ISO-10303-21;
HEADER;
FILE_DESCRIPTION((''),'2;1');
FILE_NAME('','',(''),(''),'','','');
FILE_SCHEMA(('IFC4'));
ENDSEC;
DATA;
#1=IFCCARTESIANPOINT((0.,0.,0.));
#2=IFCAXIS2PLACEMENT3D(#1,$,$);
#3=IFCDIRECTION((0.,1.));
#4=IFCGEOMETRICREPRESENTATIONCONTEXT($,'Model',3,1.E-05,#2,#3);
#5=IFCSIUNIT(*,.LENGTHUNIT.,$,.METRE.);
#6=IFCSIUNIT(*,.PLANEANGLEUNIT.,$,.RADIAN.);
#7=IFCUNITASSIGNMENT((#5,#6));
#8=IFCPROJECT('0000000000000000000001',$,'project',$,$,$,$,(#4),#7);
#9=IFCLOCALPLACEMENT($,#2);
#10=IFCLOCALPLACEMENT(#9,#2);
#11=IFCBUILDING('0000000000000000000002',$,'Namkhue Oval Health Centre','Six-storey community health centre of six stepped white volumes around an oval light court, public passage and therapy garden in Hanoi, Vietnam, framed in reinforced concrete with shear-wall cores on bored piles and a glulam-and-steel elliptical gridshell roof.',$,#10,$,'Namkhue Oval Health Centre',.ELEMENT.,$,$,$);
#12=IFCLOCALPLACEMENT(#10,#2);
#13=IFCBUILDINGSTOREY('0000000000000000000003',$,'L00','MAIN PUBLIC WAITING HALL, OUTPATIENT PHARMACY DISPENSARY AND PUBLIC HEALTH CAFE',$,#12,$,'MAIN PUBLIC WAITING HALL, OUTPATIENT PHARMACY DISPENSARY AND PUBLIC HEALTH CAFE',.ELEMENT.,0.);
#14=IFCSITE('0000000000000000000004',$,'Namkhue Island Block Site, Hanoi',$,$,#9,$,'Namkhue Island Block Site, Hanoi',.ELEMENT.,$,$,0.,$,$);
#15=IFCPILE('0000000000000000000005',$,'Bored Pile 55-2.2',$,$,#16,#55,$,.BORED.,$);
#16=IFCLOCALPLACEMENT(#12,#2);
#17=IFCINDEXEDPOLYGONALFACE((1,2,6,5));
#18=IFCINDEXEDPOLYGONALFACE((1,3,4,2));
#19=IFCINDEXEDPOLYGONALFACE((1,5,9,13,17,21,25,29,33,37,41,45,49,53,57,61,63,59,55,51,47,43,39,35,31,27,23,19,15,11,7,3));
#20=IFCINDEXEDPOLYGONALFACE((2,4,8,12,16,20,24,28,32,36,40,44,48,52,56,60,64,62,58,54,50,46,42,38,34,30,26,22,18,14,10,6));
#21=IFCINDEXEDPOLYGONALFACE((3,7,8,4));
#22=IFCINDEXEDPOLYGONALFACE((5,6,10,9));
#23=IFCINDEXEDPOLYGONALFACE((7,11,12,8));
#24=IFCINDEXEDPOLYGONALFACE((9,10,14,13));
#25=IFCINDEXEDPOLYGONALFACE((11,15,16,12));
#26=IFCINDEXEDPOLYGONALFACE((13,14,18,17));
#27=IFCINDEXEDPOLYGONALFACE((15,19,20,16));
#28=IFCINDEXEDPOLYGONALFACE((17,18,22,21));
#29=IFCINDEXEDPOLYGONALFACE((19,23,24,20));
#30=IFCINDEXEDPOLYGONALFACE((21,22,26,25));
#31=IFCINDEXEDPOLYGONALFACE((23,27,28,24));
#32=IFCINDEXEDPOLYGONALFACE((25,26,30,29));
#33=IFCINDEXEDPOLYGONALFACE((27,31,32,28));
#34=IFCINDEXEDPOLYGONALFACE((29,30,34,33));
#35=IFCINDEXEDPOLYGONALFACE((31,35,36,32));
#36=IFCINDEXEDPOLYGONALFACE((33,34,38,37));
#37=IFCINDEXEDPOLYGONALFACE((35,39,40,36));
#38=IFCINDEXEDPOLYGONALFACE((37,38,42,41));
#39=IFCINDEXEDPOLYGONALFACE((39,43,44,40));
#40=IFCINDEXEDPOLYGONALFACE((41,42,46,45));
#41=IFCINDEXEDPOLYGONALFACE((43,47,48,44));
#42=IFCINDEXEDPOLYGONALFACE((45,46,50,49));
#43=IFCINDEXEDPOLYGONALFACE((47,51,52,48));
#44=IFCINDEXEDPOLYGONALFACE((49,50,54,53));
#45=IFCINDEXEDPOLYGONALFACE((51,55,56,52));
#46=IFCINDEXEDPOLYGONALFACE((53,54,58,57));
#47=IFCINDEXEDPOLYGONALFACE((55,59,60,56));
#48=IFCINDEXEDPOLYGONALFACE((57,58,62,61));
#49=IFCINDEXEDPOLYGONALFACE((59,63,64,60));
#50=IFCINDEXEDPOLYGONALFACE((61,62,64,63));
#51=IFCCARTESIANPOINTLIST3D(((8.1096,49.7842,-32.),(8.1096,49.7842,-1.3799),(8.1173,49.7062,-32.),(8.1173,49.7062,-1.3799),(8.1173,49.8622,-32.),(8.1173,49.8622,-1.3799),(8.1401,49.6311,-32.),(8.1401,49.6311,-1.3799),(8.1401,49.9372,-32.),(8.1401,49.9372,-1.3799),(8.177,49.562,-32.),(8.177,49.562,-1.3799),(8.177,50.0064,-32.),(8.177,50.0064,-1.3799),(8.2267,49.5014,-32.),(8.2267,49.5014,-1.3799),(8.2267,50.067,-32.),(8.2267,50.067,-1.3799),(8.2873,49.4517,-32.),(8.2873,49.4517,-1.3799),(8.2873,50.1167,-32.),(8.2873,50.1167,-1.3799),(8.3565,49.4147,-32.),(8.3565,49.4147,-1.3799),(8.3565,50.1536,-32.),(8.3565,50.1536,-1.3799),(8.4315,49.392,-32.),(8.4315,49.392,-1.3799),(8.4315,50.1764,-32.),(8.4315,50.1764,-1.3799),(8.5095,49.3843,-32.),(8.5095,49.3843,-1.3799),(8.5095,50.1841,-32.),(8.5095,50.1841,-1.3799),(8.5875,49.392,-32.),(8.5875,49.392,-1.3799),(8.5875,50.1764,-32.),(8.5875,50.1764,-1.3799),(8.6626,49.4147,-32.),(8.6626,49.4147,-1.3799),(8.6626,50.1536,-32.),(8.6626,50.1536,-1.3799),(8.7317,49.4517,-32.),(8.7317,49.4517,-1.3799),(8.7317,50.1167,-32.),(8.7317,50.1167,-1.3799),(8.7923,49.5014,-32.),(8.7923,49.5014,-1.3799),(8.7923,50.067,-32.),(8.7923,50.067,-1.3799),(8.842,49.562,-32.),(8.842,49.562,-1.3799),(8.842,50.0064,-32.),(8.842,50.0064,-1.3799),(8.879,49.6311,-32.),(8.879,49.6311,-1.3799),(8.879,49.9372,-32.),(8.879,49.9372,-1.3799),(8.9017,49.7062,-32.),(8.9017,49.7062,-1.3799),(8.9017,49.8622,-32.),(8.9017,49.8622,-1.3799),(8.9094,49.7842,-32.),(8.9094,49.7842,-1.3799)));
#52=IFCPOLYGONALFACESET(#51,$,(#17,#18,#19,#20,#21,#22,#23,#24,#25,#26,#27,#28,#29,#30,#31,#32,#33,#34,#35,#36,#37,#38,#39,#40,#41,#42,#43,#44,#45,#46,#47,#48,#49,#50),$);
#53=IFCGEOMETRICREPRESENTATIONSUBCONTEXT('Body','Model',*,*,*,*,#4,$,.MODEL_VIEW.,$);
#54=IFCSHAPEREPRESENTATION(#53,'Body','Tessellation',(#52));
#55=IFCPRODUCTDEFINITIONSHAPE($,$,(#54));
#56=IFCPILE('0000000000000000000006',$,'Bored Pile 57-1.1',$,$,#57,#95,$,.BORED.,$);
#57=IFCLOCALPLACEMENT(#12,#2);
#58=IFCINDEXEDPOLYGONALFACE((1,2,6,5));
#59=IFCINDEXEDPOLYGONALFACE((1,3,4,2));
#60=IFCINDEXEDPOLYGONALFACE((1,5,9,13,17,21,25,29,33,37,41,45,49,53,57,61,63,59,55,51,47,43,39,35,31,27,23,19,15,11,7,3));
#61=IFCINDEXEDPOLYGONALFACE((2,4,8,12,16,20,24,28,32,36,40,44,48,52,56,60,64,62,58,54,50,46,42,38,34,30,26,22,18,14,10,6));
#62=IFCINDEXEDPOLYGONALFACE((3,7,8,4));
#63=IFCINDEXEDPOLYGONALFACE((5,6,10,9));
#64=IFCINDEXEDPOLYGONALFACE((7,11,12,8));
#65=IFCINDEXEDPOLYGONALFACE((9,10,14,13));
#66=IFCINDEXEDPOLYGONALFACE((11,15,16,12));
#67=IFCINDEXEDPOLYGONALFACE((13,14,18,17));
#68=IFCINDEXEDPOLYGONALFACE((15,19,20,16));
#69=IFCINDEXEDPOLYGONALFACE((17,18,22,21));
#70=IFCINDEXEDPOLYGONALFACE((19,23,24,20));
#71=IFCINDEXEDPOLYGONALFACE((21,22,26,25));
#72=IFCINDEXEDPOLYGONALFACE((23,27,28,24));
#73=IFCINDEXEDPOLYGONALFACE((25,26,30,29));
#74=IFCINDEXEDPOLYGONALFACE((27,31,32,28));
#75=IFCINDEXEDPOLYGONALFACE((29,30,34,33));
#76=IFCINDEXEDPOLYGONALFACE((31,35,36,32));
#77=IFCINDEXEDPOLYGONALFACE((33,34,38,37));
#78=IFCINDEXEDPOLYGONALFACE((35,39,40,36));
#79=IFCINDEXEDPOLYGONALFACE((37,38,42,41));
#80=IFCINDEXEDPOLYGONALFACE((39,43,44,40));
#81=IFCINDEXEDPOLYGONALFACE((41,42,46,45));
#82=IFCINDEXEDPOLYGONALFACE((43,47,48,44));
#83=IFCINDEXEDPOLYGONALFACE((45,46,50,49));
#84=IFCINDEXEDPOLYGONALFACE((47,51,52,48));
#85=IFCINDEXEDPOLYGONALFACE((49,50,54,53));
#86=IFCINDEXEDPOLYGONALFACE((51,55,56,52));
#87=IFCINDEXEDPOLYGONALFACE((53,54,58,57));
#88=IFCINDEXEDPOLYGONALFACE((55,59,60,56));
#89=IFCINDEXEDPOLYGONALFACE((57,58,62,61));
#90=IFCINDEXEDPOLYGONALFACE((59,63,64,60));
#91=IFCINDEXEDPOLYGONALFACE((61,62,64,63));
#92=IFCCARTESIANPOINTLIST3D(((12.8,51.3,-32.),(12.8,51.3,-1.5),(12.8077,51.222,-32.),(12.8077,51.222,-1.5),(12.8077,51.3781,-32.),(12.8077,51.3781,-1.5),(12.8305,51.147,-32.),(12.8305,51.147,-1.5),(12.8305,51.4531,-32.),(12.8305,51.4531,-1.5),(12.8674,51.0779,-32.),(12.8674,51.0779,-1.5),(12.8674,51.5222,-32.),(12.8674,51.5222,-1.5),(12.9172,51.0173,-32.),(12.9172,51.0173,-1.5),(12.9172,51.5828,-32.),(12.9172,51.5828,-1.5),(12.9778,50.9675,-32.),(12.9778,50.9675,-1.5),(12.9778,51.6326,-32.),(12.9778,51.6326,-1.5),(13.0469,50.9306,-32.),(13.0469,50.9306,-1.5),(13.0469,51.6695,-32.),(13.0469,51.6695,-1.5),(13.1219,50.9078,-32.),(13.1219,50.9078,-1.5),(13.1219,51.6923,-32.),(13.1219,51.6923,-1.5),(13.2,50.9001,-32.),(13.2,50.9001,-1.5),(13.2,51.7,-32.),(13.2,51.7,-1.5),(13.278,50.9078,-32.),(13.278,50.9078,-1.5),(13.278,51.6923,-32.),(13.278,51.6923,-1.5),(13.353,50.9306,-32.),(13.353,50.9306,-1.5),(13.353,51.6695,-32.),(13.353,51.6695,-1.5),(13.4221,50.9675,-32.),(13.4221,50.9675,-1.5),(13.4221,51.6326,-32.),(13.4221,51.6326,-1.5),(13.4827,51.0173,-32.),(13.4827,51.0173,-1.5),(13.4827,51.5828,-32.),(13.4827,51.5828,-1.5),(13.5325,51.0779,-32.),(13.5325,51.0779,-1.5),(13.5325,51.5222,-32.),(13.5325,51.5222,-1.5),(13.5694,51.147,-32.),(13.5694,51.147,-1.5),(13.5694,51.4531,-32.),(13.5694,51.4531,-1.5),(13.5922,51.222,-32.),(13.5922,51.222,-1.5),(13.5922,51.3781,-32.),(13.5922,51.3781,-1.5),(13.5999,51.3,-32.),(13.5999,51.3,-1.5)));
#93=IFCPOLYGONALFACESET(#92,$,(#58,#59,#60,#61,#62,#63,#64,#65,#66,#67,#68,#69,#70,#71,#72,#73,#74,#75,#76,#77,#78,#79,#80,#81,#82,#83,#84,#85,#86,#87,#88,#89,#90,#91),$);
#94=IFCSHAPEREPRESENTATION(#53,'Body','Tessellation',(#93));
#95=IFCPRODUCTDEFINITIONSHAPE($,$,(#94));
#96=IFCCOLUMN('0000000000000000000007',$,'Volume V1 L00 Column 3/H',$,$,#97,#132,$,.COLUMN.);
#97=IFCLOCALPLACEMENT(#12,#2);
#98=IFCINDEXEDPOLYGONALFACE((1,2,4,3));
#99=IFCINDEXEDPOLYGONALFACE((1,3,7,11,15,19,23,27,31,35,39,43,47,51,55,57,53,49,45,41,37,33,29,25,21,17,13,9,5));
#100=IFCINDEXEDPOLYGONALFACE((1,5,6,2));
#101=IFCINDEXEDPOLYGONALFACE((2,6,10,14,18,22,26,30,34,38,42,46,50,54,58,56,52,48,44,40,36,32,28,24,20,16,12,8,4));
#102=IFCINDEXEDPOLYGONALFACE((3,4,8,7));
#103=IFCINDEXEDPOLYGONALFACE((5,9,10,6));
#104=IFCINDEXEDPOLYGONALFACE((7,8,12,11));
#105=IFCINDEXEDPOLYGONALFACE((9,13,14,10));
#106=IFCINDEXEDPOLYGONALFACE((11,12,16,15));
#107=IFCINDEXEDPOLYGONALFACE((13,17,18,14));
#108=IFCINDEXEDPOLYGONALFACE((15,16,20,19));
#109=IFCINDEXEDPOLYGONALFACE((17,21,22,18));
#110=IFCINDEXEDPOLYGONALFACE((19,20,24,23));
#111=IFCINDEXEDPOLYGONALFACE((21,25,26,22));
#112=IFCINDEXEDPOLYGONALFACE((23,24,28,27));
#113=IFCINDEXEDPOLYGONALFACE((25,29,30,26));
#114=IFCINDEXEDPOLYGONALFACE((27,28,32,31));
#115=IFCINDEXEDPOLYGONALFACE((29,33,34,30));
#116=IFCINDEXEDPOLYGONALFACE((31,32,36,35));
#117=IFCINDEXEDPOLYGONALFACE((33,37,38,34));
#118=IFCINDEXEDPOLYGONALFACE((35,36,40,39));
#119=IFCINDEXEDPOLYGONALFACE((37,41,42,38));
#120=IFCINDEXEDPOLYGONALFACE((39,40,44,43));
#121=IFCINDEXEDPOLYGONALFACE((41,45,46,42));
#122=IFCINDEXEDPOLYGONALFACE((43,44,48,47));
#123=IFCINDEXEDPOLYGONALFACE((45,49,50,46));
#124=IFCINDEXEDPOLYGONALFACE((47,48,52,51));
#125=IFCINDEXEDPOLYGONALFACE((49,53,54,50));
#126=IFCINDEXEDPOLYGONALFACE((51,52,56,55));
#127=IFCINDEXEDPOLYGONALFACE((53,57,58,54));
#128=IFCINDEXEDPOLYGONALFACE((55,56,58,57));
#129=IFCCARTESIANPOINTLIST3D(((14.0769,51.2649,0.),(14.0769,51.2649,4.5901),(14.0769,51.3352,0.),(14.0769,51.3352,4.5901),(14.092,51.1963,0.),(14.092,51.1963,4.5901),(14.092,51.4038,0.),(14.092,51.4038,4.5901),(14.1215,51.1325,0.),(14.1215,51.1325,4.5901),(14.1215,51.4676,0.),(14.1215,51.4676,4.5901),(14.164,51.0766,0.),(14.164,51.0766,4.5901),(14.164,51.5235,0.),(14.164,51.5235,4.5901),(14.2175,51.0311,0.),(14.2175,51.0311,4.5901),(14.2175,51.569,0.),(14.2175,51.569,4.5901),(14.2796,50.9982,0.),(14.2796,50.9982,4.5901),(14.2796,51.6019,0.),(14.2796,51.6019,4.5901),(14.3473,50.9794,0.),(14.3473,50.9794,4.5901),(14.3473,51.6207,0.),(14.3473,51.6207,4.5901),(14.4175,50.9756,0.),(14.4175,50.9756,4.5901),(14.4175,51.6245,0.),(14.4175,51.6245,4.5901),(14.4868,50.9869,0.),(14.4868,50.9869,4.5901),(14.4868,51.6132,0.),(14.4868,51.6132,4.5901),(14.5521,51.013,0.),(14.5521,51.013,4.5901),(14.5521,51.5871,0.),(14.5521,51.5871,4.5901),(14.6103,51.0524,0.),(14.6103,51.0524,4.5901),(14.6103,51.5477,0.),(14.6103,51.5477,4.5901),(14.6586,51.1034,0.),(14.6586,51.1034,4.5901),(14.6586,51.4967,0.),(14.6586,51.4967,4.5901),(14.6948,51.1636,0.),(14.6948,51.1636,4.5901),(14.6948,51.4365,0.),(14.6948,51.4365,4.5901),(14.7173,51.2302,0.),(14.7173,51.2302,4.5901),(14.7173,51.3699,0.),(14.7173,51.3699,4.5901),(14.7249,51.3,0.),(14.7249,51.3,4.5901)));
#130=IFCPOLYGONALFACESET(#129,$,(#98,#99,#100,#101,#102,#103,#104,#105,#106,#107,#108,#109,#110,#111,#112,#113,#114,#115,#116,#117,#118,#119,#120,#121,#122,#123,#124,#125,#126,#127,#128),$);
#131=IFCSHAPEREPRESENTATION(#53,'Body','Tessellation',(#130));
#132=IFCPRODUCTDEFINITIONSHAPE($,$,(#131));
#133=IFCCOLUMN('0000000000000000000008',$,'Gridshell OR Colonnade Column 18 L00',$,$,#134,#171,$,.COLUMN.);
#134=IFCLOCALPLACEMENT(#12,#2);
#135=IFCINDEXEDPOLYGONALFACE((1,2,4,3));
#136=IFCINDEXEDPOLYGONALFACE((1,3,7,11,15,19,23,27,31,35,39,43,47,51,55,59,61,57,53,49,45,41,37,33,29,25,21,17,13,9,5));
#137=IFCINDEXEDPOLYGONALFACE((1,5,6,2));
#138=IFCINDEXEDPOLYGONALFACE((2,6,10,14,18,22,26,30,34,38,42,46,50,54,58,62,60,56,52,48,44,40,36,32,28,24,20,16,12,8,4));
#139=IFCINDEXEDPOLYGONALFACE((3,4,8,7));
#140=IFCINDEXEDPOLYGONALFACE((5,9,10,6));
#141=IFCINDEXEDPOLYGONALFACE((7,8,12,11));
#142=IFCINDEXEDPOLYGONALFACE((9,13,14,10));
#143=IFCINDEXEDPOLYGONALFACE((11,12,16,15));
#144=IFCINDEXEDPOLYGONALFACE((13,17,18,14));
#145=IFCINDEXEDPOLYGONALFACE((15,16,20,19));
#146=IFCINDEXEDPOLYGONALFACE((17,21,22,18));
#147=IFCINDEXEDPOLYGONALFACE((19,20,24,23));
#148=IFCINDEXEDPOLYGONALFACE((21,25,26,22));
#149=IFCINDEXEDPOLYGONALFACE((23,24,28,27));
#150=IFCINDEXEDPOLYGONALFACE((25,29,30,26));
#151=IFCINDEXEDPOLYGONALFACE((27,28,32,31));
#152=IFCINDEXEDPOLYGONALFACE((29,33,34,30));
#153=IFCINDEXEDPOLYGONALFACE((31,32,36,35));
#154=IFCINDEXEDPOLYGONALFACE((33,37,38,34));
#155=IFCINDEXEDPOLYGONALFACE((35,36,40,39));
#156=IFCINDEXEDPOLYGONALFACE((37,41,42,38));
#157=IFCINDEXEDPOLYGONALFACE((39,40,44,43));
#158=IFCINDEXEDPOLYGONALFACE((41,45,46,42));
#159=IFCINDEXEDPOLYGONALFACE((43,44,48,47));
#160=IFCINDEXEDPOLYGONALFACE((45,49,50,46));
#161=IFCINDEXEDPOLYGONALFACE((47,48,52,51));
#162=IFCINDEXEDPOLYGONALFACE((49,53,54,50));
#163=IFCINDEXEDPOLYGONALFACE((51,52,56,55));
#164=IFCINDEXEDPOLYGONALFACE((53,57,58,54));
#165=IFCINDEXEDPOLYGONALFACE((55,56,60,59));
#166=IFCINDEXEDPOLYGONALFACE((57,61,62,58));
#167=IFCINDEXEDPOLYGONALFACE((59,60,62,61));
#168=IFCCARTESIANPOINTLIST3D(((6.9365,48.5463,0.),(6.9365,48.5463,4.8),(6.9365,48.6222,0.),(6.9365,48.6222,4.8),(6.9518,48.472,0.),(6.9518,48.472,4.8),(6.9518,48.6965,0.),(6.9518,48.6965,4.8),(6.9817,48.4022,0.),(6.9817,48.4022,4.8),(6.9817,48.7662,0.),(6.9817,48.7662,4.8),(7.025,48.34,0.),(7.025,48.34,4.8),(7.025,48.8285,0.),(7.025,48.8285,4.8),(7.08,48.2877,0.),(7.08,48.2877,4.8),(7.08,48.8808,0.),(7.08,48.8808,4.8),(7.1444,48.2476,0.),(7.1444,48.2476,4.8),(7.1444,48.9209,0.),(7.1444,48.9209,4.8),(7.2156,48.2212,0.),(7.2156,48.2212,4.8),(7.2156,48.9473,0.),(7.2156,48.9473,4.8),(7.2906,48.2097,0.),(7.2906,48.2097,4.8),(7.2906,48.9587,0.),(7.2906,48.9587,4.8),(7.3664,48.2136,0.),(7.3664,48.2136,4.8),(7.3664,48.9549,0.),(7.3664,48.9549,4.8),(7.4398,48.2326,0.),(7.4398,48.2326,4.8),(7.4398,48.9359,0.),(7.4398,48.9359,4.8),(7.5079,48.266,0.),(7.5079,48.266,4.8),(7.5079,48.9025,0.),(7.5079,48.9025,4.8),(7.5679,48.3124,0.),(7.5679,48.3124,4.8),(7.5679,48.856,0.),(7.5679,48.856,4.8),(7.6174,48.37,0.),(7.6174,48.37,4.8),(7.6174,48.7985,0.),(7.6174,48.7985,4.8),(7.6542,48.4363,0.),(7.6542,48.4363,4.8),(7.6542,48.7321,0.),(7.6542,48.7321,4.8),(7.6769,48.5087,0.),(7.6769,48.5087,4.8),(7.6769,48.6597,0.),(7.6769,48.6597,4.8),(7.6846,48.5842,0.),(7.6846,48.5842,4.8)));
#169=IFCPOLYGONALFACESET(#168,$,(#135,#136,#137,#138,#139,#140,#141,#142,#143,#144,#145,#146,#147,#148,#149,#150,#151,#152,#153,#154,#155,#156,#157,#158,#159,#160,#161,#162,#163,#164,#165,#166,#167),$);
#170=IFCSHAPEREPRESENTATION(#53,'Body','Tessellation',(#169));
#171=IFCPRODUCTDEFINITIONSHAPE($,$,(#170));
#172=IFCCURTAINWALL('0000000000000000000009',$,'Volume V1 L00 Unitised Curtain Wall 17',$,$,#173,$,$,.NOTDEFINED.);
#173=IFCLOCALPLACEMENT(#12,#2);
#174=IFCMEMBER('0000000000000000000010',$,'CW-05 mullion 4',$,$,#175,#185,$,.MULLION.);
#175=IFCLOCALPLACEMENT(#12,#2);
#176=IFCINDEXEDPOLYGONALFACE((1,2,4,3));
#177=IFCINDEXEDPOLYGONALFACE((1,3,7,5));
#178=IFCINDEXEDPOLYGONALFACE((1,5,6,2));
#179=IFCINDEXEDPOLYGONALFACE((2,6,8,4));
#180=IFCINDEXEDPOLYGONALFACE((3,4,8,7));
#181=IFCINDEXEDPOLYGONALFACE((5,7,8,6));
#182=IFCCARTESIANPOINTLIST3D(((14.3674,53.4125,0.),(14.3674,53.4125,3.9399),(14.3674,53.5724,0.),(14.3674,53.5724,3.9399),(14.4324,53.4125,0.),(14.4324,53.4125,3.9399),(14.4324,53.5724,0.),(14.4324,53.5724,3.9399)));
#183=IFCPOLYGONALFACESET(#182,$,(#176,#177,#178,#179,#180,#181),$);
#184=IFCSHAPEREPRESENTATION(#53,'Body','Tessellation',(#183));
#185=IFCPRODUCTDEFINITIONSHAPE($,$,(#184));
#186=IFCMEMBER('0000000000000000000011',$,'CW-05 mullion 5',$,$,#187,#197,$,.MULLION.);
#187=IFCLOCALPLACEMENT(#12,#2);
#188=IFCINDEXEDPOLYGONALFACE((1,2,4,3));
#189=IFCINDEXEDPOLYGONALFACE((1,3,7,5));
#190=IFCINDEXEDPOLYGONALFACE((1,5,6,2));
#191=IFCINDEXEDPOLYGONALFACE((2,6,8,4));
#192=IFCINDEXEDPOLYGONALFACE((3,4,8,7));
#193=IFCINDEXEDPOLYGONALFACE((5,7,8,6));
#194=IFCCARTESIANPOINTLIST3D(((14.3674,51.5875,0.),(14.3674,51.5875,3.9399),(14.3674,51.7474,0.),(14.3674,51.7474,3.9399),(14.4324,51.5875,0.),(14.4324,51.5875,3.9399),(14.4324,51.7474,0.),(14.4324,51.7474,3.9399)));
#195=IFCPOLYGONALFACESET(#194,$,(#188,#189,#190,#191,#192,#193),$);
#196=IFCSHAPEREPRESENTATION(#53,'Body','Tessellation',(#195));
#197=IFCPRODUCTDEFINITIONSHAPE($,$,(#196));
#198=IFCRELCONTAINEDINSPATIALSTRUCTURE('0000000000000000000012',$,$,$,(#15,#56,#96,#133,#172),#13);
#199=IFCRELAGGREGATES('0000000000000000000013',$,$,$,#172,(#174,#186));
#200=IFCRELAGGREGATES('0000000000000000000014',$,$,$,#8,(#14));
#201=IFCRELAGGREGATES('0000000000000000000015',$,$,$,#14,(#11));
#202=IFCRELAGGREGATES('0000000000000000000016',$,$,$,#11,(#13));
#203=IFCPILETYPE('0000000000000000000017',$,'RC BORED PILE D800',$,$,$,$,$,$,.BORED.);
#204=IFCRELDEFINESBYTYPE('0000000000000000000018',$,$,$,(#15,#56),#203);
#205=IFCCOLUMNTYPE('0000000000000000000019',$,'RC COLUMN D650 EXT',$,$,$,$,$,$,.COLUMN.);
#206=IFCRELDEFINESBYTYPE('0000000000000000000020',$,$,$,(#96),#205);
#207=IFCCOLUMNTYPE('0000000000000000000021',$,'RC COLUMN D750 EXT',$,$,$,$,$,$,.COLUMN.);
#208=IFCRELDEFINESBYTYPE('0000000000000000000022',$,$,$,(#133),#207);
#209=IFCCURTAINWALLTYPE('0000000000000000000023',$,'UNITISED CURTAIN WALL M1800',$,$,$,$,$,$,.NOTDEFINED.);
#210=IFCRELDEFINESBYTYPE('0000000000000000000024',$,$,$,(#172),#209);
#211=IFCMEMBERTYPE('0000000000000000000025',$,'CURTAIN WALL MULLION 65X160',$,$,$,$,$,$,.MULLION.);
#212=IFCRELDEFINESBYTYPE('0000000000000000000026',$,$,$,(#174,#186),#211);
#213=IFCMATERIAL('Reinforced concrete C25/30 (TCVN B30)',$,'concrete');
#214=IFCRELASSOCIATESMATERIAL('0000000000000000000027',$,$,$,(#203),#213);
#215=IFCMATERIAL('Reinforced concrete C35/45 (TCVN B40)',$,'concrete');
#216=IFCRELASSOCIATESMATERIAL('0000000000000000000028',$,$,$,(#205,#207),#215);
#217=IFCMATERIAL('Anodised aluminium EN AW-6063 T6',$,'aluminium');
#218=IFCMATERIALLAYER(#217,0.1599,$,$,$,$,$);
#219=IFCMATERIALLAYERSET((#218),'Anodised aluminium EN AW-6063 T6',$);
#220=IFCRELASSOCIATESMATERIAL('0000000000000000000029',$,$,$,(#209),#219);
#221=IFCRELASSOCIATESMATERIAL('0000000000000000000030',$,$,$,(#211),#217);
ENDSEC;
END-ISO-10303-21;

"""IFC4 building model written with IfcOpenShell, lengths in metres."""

from ifc_helpers import new_model, si_unit, direction, frame, origin, origin_2d, place, context, subcontext, project, spatial, rectangle, circle, extrude, material, layer, layer_set, material_profile, profile_set, type_object, element, aggregate, save


model = new_model("IFC4")

# Units and contexts
model_context = context("Model", 3, precision=1e-05, world=origin(), true_north=direction((0.0, 1.0)))
body_context = subcontext(model_context, "Body", "Model", "MODEL_VIEW")
ifc_project = project(units=[si_unit("LENGTHUNIT", "METRE"), si_unit("PLANEANGLEUNIT", "RADIAN")], contexts=[model_context])

# Site, building, storey
site_placement = place(None, origin())
site = spatial("IfcSite", under=ifc_project, at=site_placement, Name="Namkhue Island Block Site, Hanoi", LongName="Namkhue Island Block Site, Hanoi", CompositionType="ELEMENT", RefElevation=0.0)
building_placement = place(site_placement, origin())
building = spatial("IfcBuilding", under=site, at=building_placement, Name="Namkhue Oval Health Centre", Description="Six-storey community health centre of six stepped white volumes around an oval light court, public passage and therapy garden in Hanoi, Vietnam, framed in reinforced concrete with shear-wall cores on bored piles and a glulam-and-steel elliptical gridshell roof.", LongName="Namkhue Oval Health Centre", CompositionType="ELEMENT")
storey_placement = place(building_placement, origin())
storey = spatial("IfcBuildingStorey", under=building, at=storey_placement, Name="L00", Description="MAIN PUBLIC WAITING HALL, OUTPATIENT PHARMACY DISPENSARY AND PUBLIC HEALTH CAFE", LongName="MAIN PUBLIC WAITING HALL, OUTPATIENT PHARMACY DISPENSARY AND PUBLIC HEALTH CAFE", CompositionType="ELEMENT", Elevation=0.0)

# Piles
ifc_material_1 = material(Name="Reinforced concrete C25/30 (TCVN B30)", Category="concrete")
ifc_material_profile_1 = material_profile(ifc_material_1, circle(Radius=0.3999, at=origin_2d()), Name="BORED PILE D800")
ifc_profile_set_1 = profile_set([ifc_material_profile_1], Name="Reinforced concrete C25/30 (TCVN B30)")
pile_type = type_object("IfcPileType", Name="RC BORED PILE D800", PredefinedType="BORED", material=ifc_profile_set_1)
for number, where, z_axis, x_axis, name in (
    (1, (8.5095, 49.7842, -1.3799), (0.0, 0.0, -1.0), (1.0, 0.0, 0.0), "Bored Pile 55-2.2"),
):
    element("IfcPile", number, at=place(storey_placement, frame(where, z_axis=z_axis, x_axis=x_axis)), inside=storey, type_object=pile_type, Name=name, PredefinedType="BORED", context=body_context, shape_type="SweptSolid", body=[
        extrude(circle(Radius=0.3999, at=origin_2d()), origin(), (0.0, 0.0, 1.0), 30.6201),
    ])
pile_placement = place(storey_placement, frame((13.2, 51.3, -1.5), z_axis=(0.0, 0.0, -1.0), x_axis=(1.0, 0.0, 0.0)))
element("IfcPile", 2, at=pile_placement, inside=storey, type_object=pile_type, Name="Bored Pile 57-1.1", PredefinedType="BORED", context=body_context, shape_type="SweptSolid", body=[
    extrude(circle(Radius=0.3999, at=origin_2d()), origin(), (0.0, 0.0, 1.0), 30.5),
])

# Columns
ifc_material_2 = material(Name="Reinforced concrete C35/45 (TCVN B40)", Category="concrete")
ifc_material_profile_2 = material_profile(ifc_material_2, circle(Radius=0.325, at=origin_2d()), Name="RC D650")
ifc_profile_set_2 = profile_set([ifc_material_profile_2], Name="Reinforced concrete C35/45 (TCVN B40)")
column_type_1 = type_object("IfcColumnType", Name="RC COLUMN D650 EXT", PredefinedType="COLUMN", material=ifc_profile_set_2)
column_1_placement = place(storey_placement, frame((14.3999, 51.3, 0.0), z_axis=(0.0, 0.0, 1.0), x_axis=(1.0, 0.0, 0.0)))
element("IfcColumn", 3, at=column_1_placement, inside=storey, type_object=column_type_1, Name="Volume V1 L00 Column 3/H", PredefinedType="COLUMN", context=body_context, shape_type="SweptSolid", body=[
    extrude(circle(Radius=0.325, at=origin_2d()), origin(), (0.0, 0.0, 1.0), 4.5901),
])
ifc_material_profile_3 = material_profile(ifc_material_2, circle(Radius=0.375, at=origin_2d()), Name="RC D750")
ifc_profile_set_3 = profile_set([ifc_material_profile_3], Name="Reinforced concrete C35/45 (TCVN B40)")
column_type_2 = type_object("IfcColumnType", Name="RC COLUMN D750 EXT", PredefinedType="COLUMN", material=ifc_profile_set_3)
column_2_placement = place(storey_placement, frame((7.3096, 48.5842, 0.0), z_axis=(0.0, 0.0, 1.0), x_axis=(1.0, 0.0, 0.0)))
element("IfcColumn", 4, at=column_2_placement, inside=storey, type_object=column_type_2, Name="Gridshell OR Colonnade Column 18 L00", PredefinedType="COLUMN", context=body_context, shape_type="SweptSolid", body=[
    extrude(circle(Radius=0.375, at=origin_2d()), origin(), (0.0, 0.0, 1.0), 4.8),
])

# Curtain wall, members
ifc_material_3 = material(Name="Anodised aluminium EN AW-6063 T6", Category="aluminium")
ifc_layer_1 = layer(ifc_material_3, 0.1599)
ifc_layer_set_1 = layer_set([ifc_layer_1], Name="Anodised aluminium EN AW-6063 T6")
curtain_wall_type = type_object("IfcCurtainWallType", Name="UNITISED CURTAIN WALL M1800", PredefinedType="NOTDEFINED", material=ifc_layer_set_1)
curtain_wall_placement = place(storey_placement, origin())
curtain_wall = element("IfcCurtainWall", 5, at=curtain_wall_placement, inside=storey, type_object=curtain_wall_type, Name="Volume V1 L00 Unitised Curtain Wall 17", PredefinedType="NOTDEFINED")
ifc_material_profile_4 = material_profile(ifc_material_3, rectangle(XDim=0.0649, YDim=0.1599, at=origin_2d()), Name="ALU 65x160")
ifc_profile_set_4 = profile_set([ifc_material_profile_4], Name="Anodised aluminium EN AW-6063 T6")
member_type_1 = type_object("IfcMemberType", Name="CURTAIN WALL MULLION 65X160", PredefinedType="MULLION", material=ifc_profile_set_4)
member_1_placement = place(storey_placement, frame((14.3999, 53.4924, 0.0), z_axis=(0.0, 0.0, 1.0), x_axis=(1.0, 0.0, 0.0)))
member_1 = element("IfcMember", 6, at=member_1_placement, type_object=member_type_1, Name="CW-05 mullion 4", PredefinedType="MULLION", context=body_context, shape_type="SweptSolid", body=[
    extrude(rectangle(XDim=0.0649, YDim=0.1599, at=origin_2d()), origin(), (0.0, 0.0, 1.0), 3.9399),
])
member_2_placement = place(storey_placement, frame((14.3999, 51.6675, 0.0), z_axis=(0.0, 0.0, 1.0), x_axis=(1.0, 0.0, 0.0)))
member_2 = element("IfcMember", 7, at=member_2_placement, type_object=member_type_1, Name="CW-05 mullion 5", PredefinedType="MULLION", context=body_context, shape_type="SweptSolid", body=[
    extrude(rectangle(XDim=0.0649, YDim=0.1599, at=origin_2d()), origin(), (0.0, 0.0, 1.0), 3.9399),
])

aggregate(curtain_wall, [member_1, member_2])

save(model, "model.ifc")
